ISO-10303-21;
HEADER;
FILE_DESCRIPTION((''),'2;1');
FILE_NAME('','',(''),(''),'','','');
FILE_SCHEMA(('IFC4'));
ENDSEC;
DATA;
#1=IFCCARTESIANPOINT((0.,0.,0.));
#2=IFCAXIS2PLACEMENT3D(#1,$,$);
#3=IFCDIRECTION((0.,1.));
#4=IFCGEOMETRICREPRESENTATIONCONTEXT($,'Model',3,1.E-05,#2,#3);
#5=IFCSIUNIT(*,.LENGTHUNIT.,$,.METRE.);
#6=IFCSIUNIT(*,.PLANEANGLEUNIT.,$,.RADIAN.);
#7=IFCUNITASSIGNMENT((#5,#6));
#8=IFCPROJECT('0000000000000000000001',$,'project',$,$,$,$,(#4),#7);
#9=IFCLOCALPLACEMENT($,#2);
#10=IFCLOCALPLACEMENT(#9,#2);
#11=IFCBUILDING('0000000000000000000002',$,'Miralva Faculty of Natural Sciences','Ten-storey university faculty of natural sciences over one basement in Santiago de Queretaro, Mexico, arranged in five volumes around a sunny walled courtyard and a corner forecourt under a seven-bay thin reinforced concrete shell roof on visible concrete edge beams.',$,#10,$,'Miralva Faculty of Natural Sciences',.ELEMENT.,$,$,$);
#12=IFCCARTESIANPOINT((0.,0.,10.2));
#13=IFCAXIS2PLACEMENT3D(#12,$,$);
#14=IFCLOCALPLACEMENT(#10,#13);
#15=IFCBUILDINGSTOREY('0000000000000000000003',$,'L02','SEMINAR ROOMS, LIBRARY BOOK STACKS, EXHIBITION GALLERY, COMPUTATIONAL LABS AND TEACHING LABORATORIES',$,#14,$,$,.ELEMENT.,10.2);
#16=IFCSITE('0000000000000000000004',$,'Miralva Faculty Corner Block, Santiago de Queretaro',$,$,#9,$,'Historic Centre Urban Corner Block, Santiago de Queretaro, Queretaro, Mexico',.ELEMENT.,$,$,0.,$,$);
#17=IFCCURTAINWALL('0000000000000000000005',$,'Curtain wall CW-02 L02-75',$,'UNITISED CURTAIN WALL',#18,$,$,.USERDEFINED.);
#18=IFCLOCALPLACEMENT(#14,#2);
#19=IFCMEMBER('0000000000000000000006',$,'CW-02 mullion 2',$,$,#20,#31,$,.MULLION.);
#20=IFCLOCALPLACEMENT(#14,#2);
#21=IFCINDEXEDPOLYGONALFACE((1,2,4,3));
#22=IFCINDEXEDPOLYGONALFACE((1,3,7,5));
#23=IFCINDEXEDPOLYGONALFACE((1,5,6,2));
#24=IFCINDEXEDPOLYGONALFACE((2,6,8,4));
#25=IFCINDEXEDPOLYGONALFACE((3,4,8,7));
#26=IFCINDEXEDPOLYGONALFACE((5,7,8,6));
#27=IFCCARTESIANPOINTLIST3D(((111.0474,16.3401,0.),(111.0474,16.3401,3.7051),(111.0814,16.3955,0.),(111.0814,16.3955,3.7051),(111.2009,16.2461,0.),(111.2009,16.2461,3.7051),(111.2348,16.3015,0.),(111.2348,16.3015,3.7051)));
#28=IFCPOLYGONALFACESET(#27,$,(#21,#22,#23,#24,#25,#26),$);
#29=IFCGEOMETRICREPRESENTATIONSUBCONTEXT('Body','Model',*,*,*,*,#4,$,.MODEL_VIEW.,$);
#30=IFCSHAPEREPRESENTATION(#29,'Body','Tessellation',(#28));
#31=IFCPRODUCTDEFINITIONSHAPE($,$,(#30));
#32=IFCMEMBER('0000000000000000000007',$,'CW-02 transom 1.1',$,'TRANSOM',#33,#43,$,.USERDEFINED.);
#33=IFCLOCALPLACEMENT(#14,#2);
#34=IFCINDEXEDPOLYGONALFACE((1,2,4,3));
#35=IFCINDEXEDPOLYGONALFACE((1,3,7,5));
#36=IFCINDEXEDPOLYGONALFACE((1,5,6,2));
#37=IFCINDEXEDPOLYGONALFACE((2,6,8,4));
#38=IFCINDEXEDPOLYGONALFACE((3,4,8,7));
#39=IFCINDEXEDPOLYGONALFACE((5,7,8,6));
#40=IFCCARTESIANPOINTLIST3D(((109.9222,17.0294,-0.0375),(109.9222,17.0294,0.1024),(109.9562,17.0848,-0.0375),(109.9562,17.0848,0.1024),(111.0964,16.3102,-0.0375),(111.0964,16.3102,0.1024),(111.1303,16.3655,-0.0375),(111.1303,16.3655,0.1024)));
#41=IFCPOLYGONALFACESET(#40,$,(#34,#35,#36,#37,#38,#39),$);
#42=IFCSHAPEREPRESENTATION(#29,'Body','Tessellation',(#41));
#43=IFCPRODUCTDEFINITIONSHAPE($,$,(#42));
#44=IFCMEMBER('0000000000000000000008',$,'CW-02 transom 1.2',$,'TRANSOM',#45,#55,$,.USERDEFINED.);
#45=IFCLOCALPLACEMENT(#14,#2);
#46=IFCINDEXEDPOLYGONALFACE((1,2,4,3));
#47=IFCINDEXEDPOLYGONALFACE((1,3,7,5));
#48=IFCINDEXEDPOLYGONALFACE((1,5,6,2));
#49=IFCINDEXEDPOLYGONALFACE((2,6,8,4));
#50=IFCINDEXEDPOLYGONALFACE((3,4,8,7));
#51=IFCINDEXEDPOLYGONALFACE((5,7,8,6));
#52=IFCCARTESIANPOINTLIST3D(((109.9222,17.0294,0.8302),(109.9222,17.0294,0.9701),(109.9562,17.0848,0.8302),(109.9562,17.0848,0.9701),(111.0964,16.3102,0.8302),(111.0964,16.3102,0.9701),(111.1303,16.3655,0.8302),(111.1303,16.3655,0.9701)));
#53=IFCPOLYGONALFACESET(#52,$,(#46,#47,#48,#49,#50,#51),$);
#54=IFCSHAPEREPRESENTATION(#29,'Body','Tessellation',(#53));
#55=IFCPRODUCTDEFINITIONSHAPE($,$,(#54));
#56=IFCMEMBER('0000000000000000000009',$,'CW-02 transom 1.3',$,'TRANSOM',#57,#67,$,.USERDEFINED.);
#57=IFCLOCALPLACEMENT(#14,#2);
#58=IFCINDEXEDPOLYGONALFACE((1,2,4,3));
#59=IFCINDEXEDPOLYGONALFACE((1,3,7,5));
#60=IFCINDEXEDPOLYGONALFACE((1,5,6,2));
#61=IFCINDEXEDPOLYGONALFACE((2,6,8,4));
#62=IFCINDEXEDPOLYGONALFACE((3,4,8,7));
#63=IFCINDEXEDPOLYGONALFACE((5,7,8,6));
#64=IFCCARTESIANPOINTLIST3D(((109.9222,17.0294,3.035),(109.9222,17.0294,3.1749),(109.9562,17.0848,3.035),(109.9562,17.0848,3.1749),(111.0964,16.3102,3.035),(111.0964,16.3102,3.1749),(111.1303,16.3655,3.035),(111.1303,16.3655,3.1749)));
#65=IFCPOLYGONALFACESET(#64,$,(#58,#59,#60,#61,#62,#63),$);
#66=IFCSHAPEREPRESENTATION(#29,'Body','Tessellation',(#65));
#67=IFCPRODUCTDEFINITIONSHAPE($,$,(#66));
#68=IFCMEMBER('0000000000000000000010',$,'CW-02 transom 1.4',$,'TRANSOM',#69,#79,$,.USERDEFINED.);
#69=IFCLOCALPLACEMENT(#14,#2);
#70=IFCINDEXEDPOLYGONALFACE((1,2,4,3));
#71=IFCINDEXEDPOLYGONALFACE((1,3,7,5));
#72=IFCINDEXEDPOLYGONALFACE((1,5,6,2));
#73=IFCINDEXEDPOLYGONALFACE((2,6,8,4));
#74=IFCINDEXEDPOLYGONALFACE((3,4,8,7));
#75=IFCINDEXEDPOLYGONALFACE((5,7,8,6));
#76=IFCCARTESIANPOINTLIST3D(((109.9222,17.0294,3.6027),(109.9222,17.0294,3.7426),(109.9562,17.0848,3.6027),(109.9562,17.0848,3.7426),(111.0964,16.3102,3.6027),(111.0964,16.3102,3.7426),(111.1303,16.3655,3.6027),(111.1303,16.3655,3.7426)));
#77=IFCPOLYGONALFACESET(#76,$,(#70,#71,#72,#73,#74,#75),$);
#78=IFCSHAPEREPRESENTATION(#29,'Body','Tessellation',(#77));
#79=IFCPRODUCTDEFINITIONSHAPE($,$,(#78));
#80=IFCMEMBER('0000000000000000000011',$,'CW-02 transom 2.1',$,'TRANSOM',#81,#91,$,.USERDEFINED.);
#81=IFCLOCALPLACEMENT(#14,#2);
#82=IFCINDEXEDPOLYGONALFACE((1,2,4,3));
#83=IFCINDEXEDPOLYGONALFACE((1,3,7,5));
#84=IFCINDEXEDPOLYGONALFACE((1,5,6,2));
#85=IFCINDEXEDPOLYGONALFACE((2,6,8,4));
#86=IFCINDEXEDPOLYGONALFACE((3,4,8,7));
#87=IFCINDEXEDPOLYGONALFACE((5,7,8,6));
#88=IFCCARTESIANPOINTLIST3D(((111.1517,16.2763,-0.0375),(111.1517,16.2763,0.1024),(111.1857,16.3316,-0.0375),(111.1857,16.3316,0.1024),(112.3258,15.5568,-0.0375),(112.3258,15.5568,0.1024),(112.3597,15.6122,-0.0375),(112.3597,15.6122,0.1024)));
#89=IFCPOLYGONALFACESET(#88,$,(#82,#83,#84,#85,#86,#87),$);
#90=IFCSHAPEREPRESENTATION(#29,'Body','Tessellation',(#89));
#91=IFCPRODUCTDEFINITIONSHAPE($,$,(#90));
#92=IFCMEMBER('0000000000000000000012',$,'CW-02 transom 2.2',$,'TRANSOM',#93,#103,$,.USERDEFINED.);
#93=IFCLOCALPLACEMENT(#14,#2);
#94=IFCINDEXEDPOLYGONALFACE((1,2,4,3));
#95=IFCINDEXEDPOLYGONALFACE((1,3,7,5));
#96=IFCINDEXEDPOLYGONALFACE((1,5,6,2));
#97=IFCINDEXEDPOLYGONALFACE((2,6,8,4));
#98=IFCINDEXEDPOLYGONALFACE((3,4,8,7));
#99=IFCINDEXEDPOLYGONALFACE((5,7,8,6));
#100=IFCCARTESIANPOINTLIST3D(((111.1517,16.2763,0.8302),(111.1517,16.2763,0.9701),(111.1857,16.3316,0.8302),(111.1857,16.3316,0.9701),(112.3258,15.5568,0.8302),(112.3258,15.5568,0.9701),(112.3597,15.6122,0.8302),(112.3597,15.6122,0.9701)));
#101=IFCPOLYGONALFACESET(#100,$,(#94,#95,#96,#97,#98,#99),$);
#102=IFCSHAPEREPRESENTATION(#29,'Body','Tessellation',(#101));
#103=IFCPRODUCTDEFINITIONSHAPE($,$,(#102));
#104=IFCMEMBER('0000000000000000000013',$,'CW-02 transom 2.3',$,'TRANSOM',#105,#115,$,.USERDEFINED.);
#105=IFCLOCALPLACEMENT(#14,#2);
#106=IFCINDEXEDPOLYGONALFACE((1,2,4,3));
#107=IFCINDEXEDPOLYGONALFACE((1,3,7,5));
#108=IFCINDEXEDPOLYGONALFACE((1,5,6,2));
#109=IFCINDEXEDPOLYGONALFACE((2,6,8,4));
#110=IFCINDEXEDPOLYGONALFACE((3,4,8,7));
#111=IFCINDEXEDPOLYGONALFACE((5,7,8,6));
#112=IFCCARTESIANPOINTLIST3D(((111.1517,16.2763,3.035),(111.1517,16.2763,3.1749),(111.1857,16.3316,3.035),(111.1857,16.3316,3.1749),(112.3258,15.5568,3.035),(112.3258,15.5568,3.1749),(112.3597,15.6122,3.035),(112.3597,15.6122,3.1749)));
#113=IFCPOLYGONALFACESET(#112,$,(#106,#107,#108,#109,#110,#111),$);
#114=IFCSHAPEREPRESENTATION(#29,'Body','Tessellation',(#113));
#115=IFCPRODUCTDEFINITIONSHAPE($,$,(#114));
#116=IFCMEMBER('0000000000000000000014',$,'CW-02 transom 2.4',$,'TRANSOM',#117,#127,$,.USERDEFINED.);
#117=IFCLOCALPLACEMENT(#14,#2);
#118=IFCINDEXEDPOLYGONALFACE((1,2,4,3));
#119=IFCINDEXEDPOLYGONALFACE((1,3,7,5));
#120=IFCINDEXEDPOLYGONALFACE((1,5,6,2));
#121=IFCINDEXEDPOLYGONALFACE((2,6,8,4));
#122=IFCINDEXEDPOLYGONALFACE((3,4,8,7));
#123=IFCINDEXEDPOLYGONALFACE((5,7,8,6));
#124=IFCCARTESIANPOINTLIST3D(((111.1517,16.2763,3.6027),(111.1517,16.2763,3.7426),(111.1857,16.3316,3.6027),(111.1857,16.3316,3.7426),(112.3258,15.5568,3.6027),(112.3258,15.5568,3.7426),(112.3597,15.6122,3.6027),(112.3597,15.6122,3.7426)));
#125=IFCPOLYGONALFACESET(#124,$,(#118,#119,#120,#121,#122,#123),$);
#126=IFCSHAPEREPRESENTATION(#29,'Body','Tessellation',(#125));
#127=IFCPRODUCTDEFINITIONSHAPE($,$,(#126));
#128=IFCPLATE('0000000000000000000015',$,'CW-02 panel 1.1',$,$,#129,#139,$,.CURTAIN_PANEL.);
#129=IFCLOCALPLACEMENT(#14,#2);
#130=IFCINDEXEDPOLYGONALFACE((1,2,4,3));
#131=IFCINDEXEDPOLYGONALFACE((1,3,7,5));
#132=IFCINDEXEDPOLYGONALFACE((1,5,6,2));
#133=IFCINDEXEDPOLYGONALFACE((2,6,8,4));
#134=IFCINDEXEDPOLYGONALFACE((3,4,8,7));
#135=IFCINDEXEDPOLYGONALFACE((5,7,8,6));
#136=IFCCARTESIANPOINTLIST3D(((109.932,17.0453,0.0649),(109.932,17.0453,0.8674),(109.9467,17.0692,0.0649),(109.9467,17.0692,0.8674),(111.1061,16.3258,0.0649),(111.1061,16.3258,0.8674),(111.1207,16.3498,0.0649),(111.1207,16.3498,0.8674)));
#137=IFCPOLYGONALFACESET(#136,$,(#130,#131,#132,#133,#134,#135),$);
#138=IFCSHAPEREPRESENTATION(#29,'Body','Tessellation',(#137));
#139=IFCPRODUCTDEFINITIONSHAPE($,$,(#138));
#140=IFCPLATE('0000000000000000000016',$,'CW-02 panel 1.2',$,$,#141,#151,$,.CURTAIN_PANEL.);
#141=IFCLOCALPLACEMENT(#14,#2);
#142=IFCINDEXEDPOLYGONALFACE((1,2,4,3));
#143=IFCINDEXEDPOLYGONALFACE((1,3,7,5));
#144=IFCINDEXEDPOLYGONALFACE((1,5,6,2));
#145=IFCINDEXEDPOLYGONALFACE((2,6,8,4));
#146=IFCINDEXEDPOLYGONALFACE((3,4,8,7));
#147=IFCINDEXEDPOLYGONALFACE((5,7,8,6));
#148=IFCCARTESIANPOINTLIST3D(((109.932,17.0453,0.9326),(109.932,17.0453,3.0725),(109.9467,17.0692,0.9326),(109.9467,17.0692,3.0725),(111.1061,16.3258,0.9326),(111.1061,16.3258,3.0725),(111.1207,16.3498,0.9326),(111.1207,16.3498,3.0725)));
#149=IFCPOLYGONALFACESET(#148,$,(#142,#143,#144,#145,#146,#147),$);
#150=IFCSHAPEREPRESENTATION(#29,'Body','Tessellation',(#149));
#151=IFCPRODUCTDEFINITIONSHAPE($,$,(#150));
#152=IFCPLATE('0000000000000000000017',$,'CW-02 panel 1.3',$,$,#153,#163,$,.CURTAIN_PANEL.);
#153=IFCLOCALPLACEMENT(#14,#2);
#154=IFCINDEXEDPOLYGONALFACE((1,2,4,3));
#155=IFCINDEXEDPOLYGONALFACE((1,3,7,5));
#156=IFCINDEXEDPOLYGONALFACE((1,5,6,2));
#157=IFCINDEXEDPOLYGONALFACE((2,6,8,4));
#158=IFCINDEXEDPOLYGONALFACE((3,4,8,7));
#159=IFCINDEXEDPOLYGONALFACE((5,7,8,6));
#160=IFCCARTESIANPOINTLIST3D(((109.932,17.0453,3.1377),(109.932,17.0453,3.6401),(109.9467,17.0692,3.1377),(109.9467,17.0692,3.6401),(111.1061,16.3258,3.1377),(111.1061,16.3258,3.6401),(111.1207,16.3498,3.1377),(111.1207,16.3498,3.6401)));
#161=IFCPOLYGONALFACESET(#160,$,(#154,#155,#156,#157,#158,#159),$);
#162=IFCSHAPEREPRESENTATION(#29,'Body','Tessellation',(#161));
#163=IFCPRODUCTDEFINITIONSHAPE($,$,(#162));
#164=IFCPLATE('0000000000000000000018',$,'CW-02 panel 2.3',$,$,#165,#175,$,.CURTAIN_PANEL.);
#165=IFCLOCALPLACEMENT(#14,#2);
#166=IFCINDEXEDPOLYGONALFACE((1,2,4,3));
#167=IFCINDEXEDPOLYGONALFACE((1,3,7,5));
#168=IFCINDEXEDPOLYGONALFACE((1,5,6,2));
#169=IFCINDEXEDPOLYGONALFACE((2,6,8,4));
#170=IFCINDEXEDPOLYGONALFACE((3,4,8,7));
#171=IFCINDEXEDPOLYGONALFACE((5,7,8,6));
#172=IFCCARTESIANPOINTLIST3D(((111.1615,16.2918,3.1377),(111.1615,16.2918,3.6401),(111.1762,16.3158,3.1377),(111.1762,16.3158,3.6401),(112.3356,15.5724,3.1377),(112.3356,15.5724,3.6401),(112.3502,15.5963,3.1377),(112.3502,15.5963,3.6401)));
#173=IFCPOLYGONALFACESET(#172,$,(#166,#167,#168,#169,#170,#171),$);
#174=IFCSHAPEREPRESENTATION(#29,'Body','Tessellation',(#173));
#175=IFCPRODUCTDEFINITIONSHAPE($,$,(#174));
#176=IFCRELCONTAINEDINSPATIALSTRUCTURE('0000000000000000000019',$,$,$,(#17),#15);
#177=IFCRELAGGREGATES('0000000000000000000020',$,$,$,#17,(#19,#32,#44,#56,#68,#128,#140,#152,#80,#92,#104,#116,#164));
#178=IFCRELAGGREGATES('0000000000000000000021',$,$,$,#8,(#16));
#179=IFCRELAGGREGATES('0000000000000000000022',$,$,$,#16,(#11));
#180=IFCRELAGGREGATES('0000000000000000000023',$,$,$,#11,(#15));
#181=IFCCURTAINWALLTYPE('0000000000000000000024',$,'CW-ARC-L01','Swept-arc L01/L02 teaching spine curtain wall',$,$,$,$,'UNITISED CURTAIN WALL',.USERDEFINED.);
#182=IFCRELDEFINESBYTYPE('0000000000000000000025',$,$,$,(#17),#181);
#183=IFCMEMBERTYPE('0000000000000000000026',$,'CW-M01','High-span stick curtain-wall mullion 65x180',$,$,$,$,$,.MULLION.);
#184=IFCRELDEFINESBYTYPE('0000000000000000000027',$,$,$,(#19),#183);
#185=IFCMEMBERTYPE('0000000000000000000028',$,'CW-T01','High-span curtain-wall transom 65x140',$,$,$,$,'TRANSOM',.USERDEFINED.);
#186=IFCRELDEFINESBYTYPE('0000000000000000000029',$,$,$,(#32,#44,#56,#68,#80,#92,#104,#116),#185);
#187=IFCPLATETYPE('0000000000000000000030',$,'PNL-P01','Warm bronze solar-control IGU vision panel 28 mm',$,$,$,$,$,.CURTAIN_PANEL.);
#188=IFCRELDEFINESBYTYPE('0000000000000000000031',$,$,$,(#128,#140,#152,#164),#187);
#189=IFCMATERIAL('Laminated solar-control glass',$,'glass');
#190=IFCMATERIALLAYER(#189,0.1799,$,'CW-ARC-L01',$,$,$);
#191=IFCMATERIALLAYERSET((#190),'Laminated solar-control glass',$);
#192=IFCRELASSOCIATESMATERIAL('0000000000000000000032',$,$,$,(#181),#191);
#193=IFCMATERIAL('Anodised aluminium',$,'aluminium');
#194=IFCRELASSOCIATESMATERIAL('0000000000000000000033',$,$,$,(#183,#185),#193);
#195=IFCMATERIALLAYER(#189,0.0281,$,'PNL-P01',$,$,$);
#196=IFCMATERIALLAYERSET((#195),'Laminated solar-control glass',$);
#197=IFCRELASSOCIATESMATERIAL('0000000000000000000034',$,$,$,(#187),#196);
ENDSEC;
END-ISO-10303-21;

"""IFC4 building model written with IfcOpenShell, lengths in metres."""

from ifc_helpers import new_model, si_unit, direction, frame, origin, origin_2d, place, context, subcontext, project, spatial, rectangle, extrude, material, layer, layer_set, material_profile, profile_set, type_object, element, aggregate, save


model = new_model("IFC4")

# Units and contexts
model_context = context("Model", 3, precision=1e-05, world=origin(), true_north=direction((0.0, 1.0)))
body_context = subcontext(model_context, "Body", "Model", "MODEL_VIEW")
ifc_project = project(units=[si_unit("LENGTHUNIT", "METRE"), si_unit("PLANEANGLEUNIT", "RADIAN")], contexts=[model_context])

# Site, building, storey
site_placement = place(None, origin())
site = spatial("IfcSite", under=ifc_project, at=site_placement, Name="Miralva Faculty Corner Block, Santiago de Queretaro", LongName="Historic Centre Urban Corner Block, Santiago de Queretaro, Queretaro, Mexico", CompositionType="ELEMENT", RefElevation=0.0)
building_placement = place(site_placement, origin())
building = spatial("IfcBuilding", under=site, at=building_placement, Name="Miralva Faculty of Natural Sciences", Description="Ten-storey university faculty of natural sciences over one basement in Santiago de Queretaro, Mexico, arranged in five volumes around a sunny walled courtyard and a corner forecourt under a seven-bay thin reinforced concrete shell roof on visible concrete edge beams.", LongName="Miralva Faculty of Natural Sciences", CompositionType="ELEMENT")
storey_placement = place(building_placement, frame((0.0, 0.0, 10.2)))
storey = spatial("IfcBuildingStorey", under=building, at=storey_placement, Name="L02", Description="SEMINAR ROOMS, LIBRARY BOOK STACKS, EXHIBITION GALLERY, COMPUTATIONAL LABS AND TEACHING LABORATORIES", CompositionType="ELEMENT", Elevation=10.2)

# Curtain wall, members, plates
ifc_material_1 = material(Name="Laminated solar-control glass", Category="glass")
ifc_layer_1 = layer(ifc_material_1, 0.1799, Name="CW-ARC-L01")
ifc_layer_set_1 = layer_set([ifc_layer_1], Name="Laminated solar-control glass")
curtain_wall_type = type_object("IfcCurtainWallType", Name="CW-ARC-L01", Description="Swept-arc L01/L02 teaching spine curtain wall", ElementType="UNITISED CURTAIN WALL", PredefinedType="USERDEFINED", material=ifc_layer_set_1)
curtain_wall_placement = place(storey_placement, origin())
curtain_wall = element("IfcCurtainWall", 1, at=curtain_wall_placement, inside=storey, type_object=curtain_wall_type, Name="Curtain wall CW-02 L02-75", ObjectType="UNITISED CURTAIN WALL", PredefinedType="USERDEFINED")
ifc_material_2 = material(Name="Anodised aluminium", Category="aluminium")
ifc_material_profile_1 = material_profile(ifc_material_2, rectangle(XDim=0.0649, YDim=0.1799, at=origin_2d()), Name="MULLION 65x180")
ifc_profile_set_1 = profile_set([ifc_material_profile_1], Name="Anodised aluminium")
member_type_1 = type_object("IfcMemberType", Name="CW-M01", Description="High-span stick curtain-wall mullion 65x180", PredefinedType="MULLION", material=ifc_profile_set_1)
member_1_placement = place(storey_placement, frame((111.1411, 16.3208, 0.0), z_axis=(0.0, 0.0, 1.0), x_axis=(0.522483, 0.85265, 0.0)))
member_1 = element("IfcMember", 2, at=member_1_placement, type_object=member_type_1, Name="CW-02 mullion 2", PredefinedType="MULLION", context=body_context, shape_type="SweptSolid", body=[
    extrude(rectangle(XDim=0.0649, YDim=0.1799, at=origin_2d()), origin(), (0.0, 0.0, 1.0), 3.7051),
])
ifc_material_profile_2 = material_profile(ifc_material_2, rectangle(XDim=0.0649, YDim=0.1399, at=origin_2d()), Name="TRANSOM 65x140")
ifc_profile_set_2 = profile_set([ifc_material_profile_2], Name="Anodised aluminium")
member_type_2 = type_object("IfcMemberType", Name="CW-T01", Description="High-span curtain-wall transom 65x140", ElementType="TRANSOM", PredefinedType="USERDEFINED", material=ifc_profile_set_2)
member_2_placement = place(storey_placement, frame((109.9392, 17.0571, 0.0325), z_axis=(0.852716, -0.522375, 0.0), x_axis=(0.522375, 0.852716, 0.0)))
member_2 = element("IfcMember", 3, at=member_2_placement, type_object=member_type_2, Name="CW-02 transom 1.1", ObjectType="TRANSOM", PredefinedType="USERDEFINED", context=body_context, shape_type="SweptSolid", body=[
    extrude(rectangle(XDim=0.0649, YDim=0.1399, at=origin_2d()), origin(), (0.0, 0.0, 1.0), 1.377),
])
member_3_placement = place(storey_placement, frame((109.9392, 17.0571, 0.9001), z_axis=(0.852716, -0.522375, 0.0), x_axis=(0.522375, 0.852716, 0.0)))
member_3 = element("IfcMember", 4, at=member_3_placement, type_object=member_type_2, Name="CW-02 transom 1.2", ObjectType="TRANSOM", PredefinedType="USERDEFINED", context=body_context, shape_type="SweptSolid", body=[
    extrude(rectangle(XDim=0.0649, YDim=0.1399, at=origin_2d()), origin(), (0.0, 0.0, 1.0), 1.377),
])
member_4_placement = place(storey_placement, frame((109.9392, 17.0571, 3.105), z_axis=(0.852716, -0.522375, 0.0), x_axis=(0.522375, 0.852716, 0.0)))
member_4 = element("IfcMember", 5, at=member_4_placement, type_object=member_type_2, Name="CW-02 transom 1.3", ObjectType="TRANSOM", PredefinedType="USERDEFINED", context=body_context, shape_type="SweptSolid", body=[
    extrude(rectangle(XDim=0.0649, YDim=0.1399, at=origin_2d()), origin(), (0.0, 0.0, 1.0), 1.377),
])
member_5_placement = place(storey_placement, frame((109.9392, 17.0571, 3.6726), z_axis=(0.852716, -0.522375, 0.0), x_axis=(0.522375, 0.852716, 0.0)))
member_5 = element("IfcMember", 6, at=member_5_placement, type_object=member_type_2, Name="CW-02 transom 1.4", ObjectType="TRANSOM", PredefinedType="USERDEFINED", context=body_context, shape_type="SweptSolid", body=[
    extrude(rectangle(XDim=0.0649, YDim=0.1399, at=origin_2d()), origin(), (0.0, 0.0, 1.0), 1.377),
])
member_6_placement = place(storey_placement, frame((111.1687, 16.304, 0.0325), z_axis=(0.852637, -0.522504, 0.0), x_axis=(0.522504, 0.852637, 0.0)))
member_6 = element("IfcMember", 7, at=member_6_placement, type_object=member_type_2, Name="CW-02 transom 2.1", ObjectType="TRANSOM", PredefinedType="USERDEFINED", context=body_context, shape_type="SweptSolid", body=[
    extrude(rectangle(XDim=0.0649, YDim=0.1399, at=origin_2d()), origin(), (0.0, 0.0, 1.0), 1.377),
])
member_7_placement = place(storey_placement, frame((111.1687, 16.304, 0.9001), z_axis=(0.852637, -0.522504, 0.0), x_axis=(0.522504, 0.852637, 0.0)))
member_7 = element("IfcMember", 8, at=member_7_placement, type_object=member_type_2, Name="CW-02 transom 2.2", ObjectType="TRANSOM", PredefinedType="USERDEFINED", context=body_context, shape_type="SweptSolid", body=[
    extrude(rectangle(XDim=0.0649, YDim=0.1399, at=origin_2d()), origin(), (0.0, 0.0, 1.0), 1.377),
])
member_8_placement = place(storey_placement, frame((111.1687, 16.304, 3.105), z_axis=(0.852637, -0.522504, 0.0), x_axis=(0.522504, 0.852637, 0.0)))
member_8 = element("IfcMember", 9, at=member_8_placement, type_object=member_type_2, Name="CW-02 transom 2.3", ObjectType="TRANSOM", PredefinedType="USERDEFINED", context=body_context, shape_type="SweptSolid", body=[
    extrude(rectangle(XDim=0.0649, YDim=0.1399, at=origin_2d()), origin(), (0.0, 0.0, 1.0), 1.377),
])
member_9_placement = place(storey_placement, frame((111.1687, 16.304, 3.6726), z_axis=(0.852637, -0.522504, 0.0), x_axis=(0.522504, 0.852637, 0.0)))
member_9 = element("IfcMember", 10, at=member_9_placement, type_object=member_type_2, Name="CW-02 transom 2.4", ObjectType="TRANSOM", PredefinedType="USERDEFINED", context=body_context, shape_type="SweptSolid", body=[
    extrude(rectangle(XDim=0.0649, YDim=0.1399, at=origin_2d()), origin(), (0.0, 0.0, 1.0), 1.377),
])
ifc_layer_2 = layer(ifc_material_1, 0.0281, Name="PNL-P01")
ifc_layer_set_2 = layer_set([ifc_layer_2], Name="Laminated solar-control glass")
plate_type = type_object("IfcPlateType", Name="PNL-P01", Description="Warm bronze solar-control IGU vision panel 28 mm", PredefinedType="CURTAIN_PANEL", material=ifc_layer_set_2)
plate_1_placement = place(storey_placement, frame((110.5264, 16.6975, 0.0649), z_axis=(0.0, 0.0, 1.0), x_axis=(0.85265, -0.522483, 0.0)))
plate_1 = element("IfcPlate", 11, at=plate_1_placement, type_object=plate_type, Name="CW-02 panel 1.1", PredefinedType="CURTAIN_PANEL", context=body_context, shape_type="SweptSolid", body=[
    extrude(rectangle(XDim=1.377, YDim=0.0281, at=origin_2d()), origin(), (0.0, 0.0, 1.0), 0.8025),
])
plate_2_placement = place(storey_placement, frame((110.5264, 16.6975, 0.9326), z_axis=(0.0, 0.0, 1.0), x_axis=(0.85265, -0.522483, 0.0)))
plate_2 = element("IfcPlate", 12, at=plate_2_placement, type_object=plate_type, Name="CW-02 panel 1.2", PredefinedType="CURTAIN_PANEL", context=body_context, shape_type="SweptSolid", body=[
    extrude(rectangle(XDim=1.377, YDim=0.0281, at=origin_2d()), origin(), (0.0, 0.0, 1.0), 2.1399),
])
plate_3_placement = place(storey_placement, frame((110.5264, 16.6975, 3.1377), z_axis=(0.0, 0.0, 1.0), x_axis=(0.85265, -0.522483, 0.0)))
plate_3 = element("IfcPlate", 13, at=plate_3_placement, type_object=plate_type, Name="CW-02 panel 1.3", PredefinedType="CURTAIN_PANEL", context=body_context, shape_type="SweptSolid", body=[
    extrude(rectangle(XDim=1.377, YDim=0.0281, at=origin_2d()), origin(), (0.0, 0.0, 1.0), 0.5024),
])
plate_4_placement = place(storey_placement, frame((111.7559, 15.9441, 3.1377), z_axis=(0.0, 0.0, 1.0), x_axis=(0.85265, -0.522483, 0.0)))
plate_4 = element("IfcPlate", 14, at=plate_4_placement, type_object=plate_type, Name="CW-02 panel 2.3", PredefinedType="CURTAIN_PANEL", context=body_context, shape_type="SweptSolid", body=[
    extrude(rectangle(XDim=1.377, YDim=0.0281, at=origin_2d()), origin(), (0.0, 0.0, 1.0), 0.5024),
])
aggregate(curtain_wall, [member_1, member_2, member_3, member_4, member_5, plate_1, plate_2, plate_3, member_6, member_7, member_8, member_9, plate_4])

save(model, "model.ifc")
